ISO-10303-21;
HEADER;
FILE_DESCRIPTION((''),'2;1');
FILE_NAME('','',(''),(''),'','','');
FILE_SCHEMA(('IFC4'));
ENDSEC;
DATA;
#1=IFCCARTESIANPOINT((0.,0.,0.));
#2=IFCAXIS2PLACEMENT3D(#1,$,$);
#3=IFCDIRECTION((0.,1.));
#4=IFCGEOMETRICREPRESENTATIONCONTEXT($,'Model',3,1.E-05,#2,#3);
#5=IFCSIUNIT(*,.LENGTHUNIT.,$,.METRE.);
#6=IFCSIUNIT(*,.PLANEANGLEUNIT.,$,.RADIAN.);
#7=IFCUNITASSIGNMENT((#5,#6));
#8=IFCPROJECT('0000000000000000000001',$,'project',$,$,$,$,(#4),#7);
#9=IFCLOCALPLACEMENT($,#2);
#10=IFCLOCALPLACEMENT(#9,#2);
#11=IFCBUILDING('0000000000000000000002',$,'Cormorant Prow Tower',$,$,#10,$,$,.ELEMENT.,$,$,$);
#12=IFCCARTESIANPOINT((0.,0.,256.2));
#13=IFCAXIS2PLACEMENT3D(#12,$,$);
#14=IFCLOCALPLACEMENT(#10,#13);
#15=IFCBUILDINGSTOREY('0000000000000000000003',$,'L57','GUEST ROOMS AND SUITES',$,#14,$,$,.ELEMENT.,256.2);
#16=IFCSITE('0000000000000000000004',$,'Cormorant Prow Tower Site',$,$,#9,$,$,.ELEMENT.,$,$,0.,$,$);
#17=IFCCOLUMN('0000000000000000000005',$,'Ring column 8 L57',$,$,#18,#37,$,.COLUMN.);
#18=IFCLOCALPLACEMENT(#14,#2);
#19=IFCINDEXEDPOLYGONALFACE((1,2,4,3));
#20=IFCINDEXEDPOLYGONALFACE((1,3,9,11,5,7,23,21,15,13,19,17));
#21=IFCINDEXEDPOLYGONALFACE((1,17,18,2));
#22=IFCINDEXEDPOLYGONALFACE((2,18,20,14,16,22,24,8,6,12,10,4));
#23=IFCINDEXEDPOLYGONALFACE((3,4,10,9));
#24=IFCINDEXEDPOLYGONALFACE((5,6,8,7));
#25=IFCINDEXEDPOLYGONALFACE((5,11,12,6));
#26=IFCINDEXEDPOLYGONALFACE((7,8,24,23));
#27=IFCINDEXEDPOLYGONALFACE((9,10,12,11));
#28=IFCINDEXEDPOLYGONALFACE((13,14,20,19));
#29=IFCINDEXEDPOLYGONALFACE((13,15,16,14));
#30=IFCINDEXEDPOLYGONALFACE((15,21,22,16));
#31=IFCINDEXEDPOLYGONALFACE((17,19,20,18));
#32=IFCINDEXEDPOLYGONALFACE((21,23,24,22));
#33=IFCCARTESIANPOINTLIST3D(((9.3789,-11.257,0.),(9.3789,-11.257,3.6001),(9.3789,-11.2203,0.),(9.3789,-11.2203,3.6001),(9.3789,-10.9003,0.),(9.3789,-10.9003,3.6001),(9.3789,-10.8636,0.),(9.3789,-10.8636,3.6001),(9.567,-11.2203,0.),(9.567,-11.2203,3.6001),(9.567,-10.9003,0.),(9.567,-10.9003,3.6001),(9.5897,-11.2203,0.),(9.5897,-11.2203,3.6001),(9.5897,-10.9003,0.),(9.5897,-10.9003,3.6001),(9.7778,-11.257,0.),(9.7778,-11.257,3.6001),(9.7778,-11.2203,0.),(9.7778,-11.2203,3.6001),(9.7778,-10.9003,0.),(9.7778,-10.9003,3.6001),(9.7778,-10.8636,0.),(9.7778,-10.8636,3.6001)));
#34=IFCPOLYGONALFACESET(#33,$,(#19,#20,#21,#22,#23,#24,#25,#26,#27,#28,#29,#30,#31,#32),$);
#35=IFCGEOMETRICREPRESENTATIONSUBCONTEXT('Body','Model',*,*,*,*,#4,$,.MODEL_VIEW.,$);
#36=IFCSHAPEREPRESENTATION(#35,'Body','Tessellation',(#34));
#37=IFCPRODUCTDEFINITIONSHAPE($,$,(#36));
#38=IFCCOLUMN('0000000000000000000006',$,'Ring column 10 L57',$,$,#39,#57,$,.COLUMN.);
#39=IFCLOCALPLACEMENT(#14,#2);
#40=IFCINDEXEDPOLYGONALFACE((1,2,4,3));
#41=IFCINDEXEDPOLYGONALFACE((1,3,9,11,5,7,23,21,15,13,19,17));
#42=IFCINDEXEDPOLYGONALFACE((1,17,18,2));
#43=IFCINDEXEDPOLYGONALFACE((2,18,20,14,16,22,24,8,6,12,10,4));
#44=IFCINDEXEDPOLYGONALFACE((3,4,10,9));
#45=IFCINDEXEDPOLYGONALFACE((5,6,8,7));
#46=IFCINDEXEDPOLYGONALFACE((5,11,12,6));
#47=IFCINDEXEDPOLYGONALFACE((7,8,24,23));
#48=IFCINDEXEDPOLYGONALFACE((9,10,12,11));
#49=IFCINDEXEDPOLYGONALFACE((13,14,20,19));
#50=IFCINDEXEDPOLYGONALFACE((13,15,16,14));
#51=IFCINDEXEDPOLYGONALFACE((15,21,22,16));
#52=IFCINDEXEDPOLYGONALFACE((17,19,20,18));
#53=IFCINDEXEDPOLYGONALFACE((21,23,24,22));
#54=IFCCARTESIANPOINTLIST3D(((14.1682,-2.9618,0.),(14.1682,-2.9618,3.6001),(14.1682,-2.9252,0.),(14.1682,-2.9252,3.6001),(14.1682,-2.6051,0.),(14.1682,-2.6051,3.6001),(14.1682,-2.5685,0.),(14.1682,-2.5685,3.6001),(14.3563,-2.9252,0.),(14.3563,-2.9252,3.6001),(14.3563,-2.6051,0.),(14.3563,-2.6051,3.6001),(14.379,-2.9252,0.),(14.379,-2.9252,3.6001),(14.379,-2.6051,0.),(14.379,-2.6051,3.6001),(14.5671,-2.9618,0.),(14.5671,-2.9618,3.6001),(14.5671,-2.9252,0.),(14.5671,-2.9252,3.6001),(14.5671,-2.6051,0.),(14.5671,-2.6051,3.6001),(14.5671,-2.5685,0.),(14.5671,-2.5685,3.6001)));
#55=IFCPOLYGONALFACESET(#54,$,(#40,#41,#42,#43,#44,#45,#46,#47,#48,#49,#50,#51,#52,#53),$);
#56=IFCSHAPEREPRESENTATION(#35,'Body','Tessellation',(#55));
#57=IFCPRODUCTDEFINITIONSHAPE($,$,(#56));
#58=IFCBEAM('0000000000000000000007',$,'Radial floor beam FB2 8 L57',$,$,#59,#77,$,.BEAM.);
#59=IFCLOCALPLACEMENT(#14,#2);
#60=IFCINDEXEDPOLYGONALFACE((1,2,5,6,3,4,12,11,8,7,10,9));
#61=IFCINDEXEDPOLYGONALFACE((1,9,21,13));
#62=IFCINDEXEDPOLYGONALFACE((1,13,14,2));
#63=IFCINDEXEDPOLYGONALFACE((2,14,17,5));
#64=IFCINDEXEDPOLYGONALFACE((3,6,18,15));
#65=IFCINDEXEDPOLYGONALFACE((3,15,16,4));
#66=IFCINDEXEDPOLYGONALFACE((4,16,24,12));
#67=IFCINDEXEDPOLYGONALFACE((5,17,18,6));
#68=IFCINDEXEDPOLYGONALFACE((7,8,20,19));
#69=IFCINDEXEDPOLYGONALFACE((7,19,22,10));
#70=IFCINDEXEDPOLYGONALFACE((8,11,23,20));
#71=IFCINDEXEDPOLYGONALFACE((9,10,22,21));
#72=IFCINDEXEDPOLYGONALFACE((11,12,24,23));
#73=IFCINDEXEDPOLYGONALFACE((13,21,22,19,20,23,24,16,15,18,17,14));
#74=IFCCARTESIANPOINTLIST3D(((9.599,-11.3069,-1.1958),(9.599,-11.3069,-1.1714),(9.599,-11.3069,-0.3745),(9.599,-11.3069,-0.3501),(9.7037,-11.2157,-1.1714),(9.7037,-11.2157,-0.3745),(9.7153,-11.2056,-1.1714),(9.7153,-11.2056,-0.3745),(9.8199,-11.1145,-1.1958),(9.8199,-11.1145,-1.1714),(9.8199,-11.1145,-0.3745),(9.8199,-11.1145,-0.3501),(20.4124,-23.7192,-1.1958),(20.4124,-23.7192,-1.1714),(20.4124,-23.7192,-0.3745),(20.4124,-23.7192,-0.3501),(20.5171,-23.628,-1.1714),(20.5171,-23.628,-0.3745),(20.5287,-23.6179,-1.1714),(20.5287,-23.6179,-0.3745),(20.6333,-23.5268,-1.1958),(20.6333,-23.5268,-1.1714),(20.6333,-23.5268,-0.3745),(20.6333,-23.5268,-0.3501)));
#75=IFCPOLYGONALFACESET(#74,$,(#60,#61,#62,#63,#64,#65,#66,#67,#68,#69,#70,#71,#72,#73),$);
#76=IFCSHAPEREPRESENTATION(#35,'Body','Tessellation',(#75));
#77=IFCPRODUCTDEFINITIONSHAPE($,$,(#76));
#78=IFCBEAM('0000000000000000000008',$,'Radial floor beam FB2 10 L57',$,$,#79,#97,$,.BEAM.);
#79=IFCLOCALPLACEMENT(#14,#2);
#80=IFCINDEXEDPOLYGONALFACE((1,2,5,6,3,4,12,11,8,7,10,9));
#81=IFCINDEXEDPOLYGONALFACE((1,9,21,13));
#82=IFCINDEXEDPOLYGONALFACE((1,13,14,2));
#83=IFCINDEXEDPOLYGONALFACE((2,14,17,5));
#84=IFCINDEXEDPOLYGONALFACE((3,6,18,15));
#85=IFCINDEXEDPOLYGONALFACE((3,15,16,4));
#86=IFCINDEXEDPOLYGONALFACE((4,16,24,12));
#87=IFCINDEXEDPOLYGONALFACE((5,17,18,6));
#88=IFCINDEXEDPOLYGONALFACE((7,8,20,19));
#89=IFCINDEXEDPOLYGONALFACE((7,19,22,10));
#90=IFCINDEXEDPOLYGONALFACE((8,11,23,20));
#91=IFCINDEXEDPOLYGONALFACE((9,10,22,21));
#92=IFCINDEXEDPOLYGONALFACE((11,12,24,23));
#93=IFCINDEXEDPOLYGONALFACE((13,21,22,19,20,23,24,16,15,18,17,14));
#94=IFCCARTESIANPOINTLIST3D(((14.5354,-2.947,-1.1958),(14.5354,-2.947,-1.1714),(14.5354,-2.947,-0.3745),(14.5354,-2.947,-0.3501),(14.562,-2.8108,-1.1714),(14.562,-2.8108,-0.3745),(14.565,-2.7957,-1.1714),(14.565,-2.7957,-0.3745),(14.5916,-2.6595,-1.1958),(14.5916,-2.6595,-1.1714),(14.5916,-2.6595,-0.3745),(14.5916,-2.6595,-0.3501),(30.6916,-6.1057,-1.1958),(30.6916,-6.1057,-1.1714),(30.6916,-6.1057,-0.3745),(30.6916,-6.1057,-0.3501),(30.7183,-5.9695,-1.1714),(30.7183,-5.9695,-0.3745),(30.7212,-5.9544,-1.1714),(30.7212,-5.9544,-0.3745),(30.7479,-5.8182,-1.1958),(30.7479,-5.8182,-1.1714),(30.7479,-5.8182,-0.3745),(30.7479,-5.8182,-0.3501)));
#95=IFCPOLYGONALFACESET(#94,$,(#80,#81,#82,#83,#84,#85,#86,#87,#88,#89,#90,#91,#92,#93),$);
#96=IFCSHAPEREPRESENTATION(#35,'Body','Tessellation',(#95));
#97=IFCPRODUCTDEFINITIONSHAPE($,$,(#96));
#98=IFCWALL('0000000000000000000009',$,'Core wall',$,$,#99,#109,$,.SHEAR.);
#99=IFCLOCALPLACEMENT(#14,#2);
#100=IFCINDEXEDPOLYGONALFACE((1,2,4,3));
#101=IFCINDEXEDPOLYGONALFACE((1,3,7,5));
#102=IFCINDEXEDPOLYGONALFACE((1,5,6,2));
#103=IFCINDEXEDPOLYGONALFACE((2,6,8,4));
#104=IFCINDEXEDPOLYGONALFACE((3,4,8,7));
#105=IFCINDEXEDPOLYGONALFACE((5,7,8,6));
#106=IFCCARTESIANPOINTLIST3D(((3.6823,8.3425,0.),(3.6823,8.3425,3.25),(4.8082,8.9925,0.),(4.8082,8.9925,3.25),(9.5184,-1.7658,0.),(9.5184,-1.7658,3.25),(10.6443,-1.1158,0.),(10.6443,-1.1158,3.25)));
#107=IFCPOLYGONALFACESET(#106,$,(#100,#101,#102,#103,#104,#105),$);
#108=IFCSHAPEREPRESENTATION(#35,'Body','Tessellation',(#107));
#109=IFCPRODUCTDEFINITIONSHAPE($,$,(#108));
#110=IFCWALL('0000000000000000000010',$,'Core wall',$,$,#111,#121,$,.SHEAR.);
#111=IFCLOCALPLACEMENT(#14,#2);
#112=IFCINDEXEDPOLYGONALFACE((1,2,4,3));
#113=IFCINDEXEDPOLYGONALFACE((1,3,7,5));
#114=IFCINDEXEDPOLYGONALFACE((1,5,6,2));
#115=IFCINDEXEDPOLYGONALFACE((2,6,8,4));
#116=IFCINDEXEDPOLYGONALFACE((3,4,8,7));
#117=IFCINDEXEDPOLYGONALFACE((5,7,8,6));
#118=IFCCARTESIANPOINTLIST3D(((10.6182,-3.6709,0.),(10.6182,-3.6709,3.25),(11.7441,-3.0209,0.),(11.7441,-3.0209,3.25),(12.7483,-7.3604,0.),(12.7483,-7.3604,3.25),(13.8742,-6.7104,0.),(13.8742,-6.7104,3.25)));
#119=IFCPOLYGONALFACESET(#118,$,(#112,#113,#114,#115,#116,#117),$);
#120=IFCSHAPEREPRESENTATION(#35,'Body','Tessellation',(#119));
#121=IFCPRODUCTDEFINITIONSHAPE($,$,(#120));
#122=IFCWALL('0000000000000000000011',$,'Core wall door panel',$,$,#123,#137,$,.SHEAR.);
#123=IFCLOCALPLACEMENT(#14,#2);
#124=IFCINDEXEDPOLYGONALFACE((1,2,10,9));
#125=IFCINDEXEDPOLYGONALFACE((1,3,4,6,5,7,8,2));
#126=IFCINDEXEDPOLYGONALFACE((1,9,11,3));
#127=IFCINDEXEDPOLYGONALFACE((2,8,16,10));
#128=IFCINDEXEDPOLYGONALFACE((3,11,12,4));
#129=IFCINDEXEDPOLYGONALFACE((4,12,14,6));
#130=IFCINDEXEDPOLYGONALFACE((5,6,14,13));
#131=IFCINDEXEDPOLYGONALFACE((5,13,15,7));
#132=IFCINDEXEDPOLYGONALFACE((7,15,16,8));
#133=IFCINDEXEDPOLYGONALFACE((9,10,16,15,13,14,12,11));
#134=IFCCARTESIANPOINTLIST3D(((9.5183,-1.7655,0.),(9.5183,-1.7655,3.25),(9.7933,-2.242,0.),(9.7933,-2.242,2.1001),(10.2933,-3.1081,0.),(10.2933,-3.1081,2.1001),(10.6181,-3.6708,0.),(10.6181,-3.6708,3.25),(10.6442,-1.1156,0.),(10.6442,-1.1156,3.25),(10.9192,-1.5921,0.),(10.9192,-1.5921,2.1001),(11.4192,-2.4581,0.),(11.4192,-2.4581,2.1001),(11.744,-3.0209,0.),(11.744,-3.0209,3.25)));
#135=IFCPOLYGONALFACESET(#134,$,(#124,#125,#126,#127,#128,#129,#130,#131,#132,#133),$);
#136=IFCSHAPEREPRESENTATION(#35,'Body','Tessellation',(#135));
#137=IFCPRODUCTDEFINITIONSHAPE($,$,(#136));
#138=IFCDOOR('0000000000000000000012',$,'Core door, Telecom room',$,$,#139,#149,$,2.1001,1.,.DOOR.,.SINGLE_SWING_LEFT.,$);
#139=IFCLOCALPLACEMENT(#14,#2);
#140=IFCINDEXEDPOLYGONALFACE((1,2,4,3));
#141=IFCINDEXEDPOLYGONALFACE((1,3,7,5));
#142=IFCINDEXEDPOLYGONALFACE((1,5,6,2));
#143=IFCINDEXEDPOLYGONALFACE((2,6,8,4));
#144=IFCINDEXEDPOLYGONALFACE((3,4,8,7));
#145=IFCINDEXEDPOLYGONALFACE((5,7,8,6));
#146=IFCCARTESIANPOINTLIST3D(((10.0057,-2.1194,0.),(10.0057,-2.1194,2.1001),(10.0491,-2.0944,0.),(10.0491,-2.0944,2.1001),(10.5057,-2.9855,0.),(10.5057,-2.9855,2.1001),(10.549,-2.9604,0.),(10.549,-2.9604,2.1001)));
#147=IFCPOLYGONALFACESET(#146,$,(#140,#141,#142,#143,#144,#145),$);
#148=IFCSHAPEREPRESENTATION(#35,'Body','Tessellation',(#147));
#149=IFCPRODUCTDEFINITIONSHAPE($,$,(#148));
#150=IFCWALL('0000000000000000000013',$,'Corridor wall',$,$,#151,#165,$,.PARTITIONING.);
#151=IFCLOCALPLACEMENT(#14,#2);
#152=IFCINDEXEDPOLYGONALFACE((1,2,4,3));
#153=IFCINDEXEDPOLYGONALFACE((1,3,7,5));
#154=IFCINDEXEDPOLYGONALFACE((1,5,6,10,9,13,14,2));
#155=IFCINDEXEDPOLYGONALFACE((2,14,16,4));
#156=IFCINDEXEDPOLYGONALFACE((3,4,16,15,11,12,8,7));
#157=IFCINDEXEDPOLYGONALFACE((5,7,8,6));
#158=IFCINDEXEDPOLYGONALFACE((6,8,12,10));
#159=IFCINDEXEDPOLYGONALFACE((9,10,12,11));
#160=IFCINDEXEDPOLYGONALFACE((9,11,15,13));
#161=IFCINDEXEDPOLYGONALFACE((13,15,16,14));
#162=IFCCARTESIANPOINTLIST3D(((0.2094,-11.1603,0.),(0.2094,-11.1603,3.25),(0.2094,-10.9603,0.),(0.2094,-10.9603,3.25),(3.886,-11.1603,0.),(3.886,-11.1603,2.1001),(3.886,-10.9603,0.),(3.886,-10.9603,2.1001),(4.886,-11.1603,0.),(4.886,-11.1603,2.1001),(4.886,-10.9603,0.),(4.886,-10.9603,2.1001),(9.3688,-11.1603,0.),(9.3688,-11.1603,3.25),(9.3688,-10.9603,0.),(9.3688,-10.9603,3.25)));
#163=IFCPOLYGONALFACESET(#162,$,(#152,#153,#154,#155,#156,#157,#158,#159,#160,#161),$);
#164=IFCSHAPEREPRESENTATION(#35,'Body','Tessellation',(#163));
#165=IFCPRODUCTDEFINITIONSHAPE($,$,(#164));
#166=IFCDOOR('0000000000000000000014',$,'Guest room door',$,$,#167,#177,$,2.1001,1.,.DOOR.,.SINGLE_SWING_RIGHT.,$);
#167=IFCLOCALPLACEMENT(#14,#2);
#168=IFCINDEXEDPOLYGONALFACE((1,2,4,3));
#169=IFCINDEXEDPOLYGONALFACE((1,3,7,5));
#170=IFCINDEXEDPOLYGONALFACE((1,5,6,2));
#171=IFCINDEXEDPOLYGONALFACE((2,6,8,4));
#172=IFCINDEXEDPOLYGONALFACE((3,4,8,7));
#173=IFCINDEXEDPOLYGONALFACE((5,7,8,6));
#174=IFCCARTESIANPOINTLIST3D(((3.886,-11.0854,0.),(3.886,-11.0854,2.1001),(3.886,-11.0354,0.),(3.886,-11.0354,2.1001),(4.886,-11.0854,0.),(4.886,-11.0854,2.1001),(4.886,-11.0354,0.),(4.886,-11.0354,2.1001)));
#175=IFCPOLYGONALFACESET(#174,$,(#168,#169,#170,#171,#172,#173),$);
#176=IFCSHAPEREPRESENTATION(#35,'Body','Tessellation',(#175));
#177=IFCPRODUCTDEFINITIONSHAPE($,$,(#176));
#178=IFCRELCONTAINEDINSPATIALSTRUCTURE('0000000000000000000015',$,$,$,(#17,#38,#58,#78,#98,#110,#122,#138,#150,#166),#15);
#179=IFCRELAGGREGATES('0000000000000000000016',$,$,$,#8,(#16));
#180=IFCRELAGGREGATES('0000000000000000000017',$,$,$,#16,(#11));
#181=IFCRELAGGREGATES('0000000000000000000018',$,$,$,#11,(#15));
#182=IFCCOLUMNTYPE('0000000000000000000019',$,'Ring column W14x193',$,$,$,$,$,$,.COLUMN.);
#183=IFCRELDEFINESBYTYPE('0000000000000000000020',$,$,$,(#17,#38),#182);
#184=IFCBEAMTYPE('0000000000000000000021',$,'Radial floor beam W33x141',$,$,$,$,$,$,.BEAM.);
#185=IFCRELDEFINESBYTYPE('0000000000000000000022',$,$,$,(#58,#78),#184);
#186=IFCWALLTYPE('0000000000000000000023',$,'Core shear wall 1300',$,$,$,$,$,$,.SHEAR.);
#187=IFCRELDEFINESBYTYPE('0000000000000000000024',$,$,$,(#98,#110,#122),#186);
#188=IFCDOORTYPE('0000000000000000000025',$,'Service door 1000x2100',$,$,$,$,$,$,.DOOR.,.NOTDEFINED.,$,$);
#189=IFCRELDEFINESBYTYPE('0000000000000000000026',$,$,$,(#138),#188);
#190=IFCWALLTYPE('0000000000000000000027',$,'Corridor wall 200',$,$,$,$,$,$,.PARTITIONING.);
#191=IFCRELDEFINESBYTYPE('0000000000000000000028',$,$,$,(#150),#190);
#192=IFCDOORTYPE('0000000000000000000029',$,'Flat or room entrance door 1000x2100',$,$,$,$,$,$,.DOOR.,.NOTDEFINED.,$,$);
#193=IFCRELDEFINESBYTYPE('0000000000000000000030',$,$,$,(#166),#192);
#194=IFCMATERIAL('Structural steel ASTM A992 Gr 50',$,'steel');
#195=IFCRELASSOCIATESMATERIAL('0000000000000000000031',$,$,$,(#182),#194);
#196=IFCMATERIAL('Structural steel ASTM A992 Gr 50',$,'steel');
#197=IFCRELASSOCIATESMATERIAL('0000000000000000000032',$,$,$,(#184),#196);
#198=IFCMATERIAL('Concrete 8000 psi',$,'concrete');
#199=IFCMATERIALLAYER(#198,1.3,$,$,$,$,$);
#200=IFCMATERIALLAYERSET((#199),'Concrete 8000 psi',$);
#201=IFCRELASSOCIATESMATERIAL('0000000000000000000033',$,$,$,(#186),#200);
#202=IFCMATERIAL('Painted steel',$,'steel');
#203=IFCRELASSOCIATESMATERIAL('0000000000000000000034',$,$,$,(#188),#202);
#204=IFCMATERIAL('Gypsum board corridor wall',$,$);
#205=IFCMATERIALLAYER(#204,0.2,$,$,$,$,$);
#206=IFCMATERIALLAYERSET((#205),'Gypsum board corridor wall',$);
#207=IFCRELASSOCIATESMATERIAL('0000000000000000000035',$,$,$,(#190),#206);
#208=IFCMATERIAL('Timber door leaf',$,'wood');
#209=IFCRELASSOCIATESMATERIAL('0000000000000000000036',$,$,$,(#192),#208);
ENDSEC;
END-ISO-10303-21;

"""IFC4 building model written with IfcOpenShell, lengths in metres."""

from ifc_helpers import new_model, si_unit, direction, frame, frame_2d, origin, origin_2d, place, context, subcontext, project, spatial, rectangle, i_section, extrude, material, layer, layer_set, material_profile, profile_set, type_object, element, fill, save


model = new_model("IFC4")

# Units and contexts
model_context = context("Model", 3, precision=1e-05, world=origin(), true_north=direction((0.0, 1.0)))
body_context = subcontext(model_context, "Body", "Model", "MODEL_VIEW")
ifc_project = project(units=[si_unit("LENGTHUNIT", "METRE"), si_unit("PLANEANGLEUNIT", "RADIAN")], contexts=[model_context])

# Site, building, storey
site_placement = place(None, origin())
site = spatial("IfcSite", under=ifc_project, at=site_placement, Name="Cormorant Prow Tower Site", CompositionType="ELEMENT", RefElevation=0.0)
building_placement = place(site_placement, origin())
building = spatial("IfcBuilding", under=site, at=building_placement, Name="Cormorant Prow Tower", CompositionType="ELEMENT")
storey_placement = place(building_placement, frame((0.0, 0.0, 256.2)))
storey = spatial("IfcBuildingStorey", under=building, at=storey_placement, Name="L57", Description="GUEST ROOMS AND SUITES", CompositionType="ELEMENT", Elevation=256.2)

# Columns
ifc_material_1 = material(Name="Structural steel ASTM A992 Gr 50", Category="steel")
ifc_material_profile_1 = material_profile(ifc_material_1, i_section(OverallWidth=0.3989, OverallDepth=0.3933, WebThickness=0.0227, FlangeThickness=0.0366, at=origin_2d()), Name="W14x193")
ifc_profile_set_1 = profile_set([ifc_material_profile_1], Name="Structural steel ASTM A992 Gr 50")
column_type = type_object("IfcColumnType", Name="Ring column W14x193", PredefinedType="COLUMN", material=ifc_profile_set_1)
for number, where, z_axis, x_axis, name in (
    (1, (9.5784, -11.0603, 0.0), (0.0, 0.0, 1.0), (1.0, 0.0, 0.0), "Ring column 8 L57"),
    (2, (14.3677, -2.7651, 0.0), (0.0, 0.0, 1.0), (1.0, 0.0, 0.0), "Ring column 10 L57"),
):
    element("IfcColumn", number, at=place(storey_placement, frame(where, z_axis=z_axis, x_axis=x_axis)), inside=storey, type_object=column_type, Name=name, PredefinedType="COLUMN", context=body_context, shape_type="SweptSolid", body=[
        extrude(i_section(OverallWidth=0.3989, OverallDepth=0.3933, WebThickness=0.0227, FlangeThickness=0.0366, at=origin_2d()), origin(), (0.0, 0.0, 1.0), 3.6001),
    ])

# Beams
ifc_material_2 = material(Name="Structural steel ASTM A992 Gr 50", Category="steel")
ifc_material_profile_2 = material_profile(ifc_material_2, i_section(OverallWidth=0.293, OverallDepth=0.8457, WebThickness=0.0154, FlangeThickness=0.0244, at=origin_2d()), Name="W33x141")
ifc_profile_set_2 = profile_set([ifc_material_profile_2], Name="Structural steel ASTM A992 Gr 50")
beam_type = type_object("IfcBeamType", Name="Radial floor beam W33x141", PredefinedType="BEAM", material=ifc_profile_set_2)
beam_1_placement = place(storey_placement, frame((9.7095, -11.2107, -0.7729), z_axis=(0.656875, -0.754, 0.0), x_axis=(0.754, 0.656875, 0.0)))
element("IfcBeam", 3, at=beam_1_placement, inside=storey, type_object=beam_type, Name="Radial floor beam FB2 8 L57", PredefinedType="BEAM", context=body_context, shape_type="SweptSolid", body=[
    extrude(i_section(OverallWidth=0.293, OverallDepth=0.8457, WebThickness=0.0154, FlangeThickness=0.0244, at=origin_2d()), origin(), (0.0, 0.0, 1.0), 16.4619),
])
beam_2_placement = place(storey_placement, frame((14.5635, -2.8032, -0.7729), z_axis=(0.981419, -0.191876, 0.0), x_axis=(0.191876, 0.981419, 0.0)))
element("IfcBeam", 4, at=beam_2_placement, inside=storey, type_object=beam_type, Name="Radial floor beam FB2 10 L57", PredefinedType="BEAM", context=body_context, shape_type="SweptSolid", body=[
    extrude(i_section(OverallWidth=0.293, OverallDepth=0.8457, WebThickness=0.0154, FlangeThickness=0.0244, at=origin_2d()), origin(), (0.0, 0.0, 1.0), 16.4622),
])

# Walls
ifc_material_3 = material(Name="Concrete 8000 psi", Category="concrete")
ifc_layer_1 = layer(ifc_material_3, 1.3)
ifc_layer_set_1 = layer_set([ifc_layer_1], Name="Concrete 8000 psi")
wall_type_1 = type_object("IfcWallType", Name="Core shear wall 1300", PredefinedType="SHEAR", material=ifc_layer_set_1)
wall_1_placement = place(storey_placement, frame((10.0813, -1.4407, 0.0), z_axis=(0.0, 0.0, 1.0), x_axis=(-0.500006, 0.866022, 0.0)))
element("IfcWall", 5, at=wall_1_placement, inside=storey, type_object=wall_type_1, Name="Core wall", PredefinedType="SHEAR", context=body_context, shape_type="SweptSolid", body=[
    extrude(rectangle(XDim=11.6721, YDim=1.3, at=frame_2d((5.8359, 0.0))), origin(), (0.0, 0.0, 1.0), 3.25),
])
wall_2_placement = place(storey_placement, frame((13.3113, -7.0354, 0.0), z_axis=(0.0, 0.0, 1.0), x_axis=(-0.500004, 0.866023, 0.0)))
element("IfcWall", 6, at=wall_2_placement, inside=storey, type_object=wall_type_1, Name="Core wall", PredefinedType="SHEAR", context=body_context, shape_type="SweptSolid", body=[
    extrude(rectangle(XDim=4.2603, YDim=1.3, at=frame_2d((2.1301, 0.0))), origin(), (0.0, 0.0, 1.0), 3.25),
])

# Walls, openings, doors
wall_3_placement = place(storey_placement, frame((11.1812, -3.3459, 0.0), z_axis=(0.0, 0.0, 1.0), x_axis=(-0.499947, 0.866056, 0.0)))
wall_3 = element("IfcWall", 7, at=wall_3_placement, inside=storey, type_object=wall_type_1, Name="Core wall door panel", PredefinedType="SHEAR", context=body_context, shape_type="SweptSolid", body=[
    extrude(rectangle(XDim=2.2, YDim=1.3, at=frame_2d((1.1001, 0.0))), origin(), (0.0, 0.0, 1.0), 3.25),
])
opening_1_placement = place(wall_3_placement, frame((0.6499, 0.0, 0.0)))
opening_1 = element("IfcOpeningElement", 8, at=opening_1_placement, cuts=wall_3, PredefinedType="OPENING", context=body_context, shape_type="SweptSolid", body=[
    extrude(rectangle(XDim=1.0, YDim=2.1001, at=frame_2d((0.5, 1.05))), frame((0.0, 0.6599, 0.0), z_axis=(0.0, -1.0, 0.0), x_axis=(1.0, 0.0, 0.0)), (0.0, 0.0, 1.0), 1.3201),
])
ifc_material_4 = material(Name="Painted steel", Category="steel")
door_type_1 = type_object("IfcDoorType", Name="Service door 1000x2100", OperationType="NOTDEFINED", PredefinedType="DOOR", material=ifc_material_4)
door_1_placement = place(opening_1_placement, origin())
door_1 = element("IfcDoor", 9, at=door_1_placement, inside=storey, type_object=door_type_1, Name="Core door, Telecom room", OperationType="SINGLE_SWING_LEFT", OverallHeight=2.1001, OverallWidth=1.0, PredefinedType="DOOR", context=body_context, shape_type="SweptSolid", body=[
    extrude(rectangle(XDim=1.0, YDim=2.1001, at=frame_2d((0.5, 1.05))), frame((0.0, 0.4048, 0.0), z_axis=(0.0, -1.0, 0.0), x_axis=(1.0, 0.0, 0.0)), (0.0, 0.0, 1.0), 0.05),
])
fill(opening_1, door_1)
ifc_material_5 = material(Name="Gypsum board corridor wall")
ifc_layer_2 = layer(ifc_material_5, 0.2)
ifc_layer_set_2 = layer_set([ifc_layer_2], Name="Gypsum board corridor wall")
wall_type_2 = type_object("IfcWallType", Name="Corridor wall 200", PredefinedType="PARTITIONING", material=ifc_layer_set_2)
wall_4_placement = place(storey_placement, frame((0.2095, -11.0603, 0.0), z_axis=(0.0, 0.0, 1.0), x_axis=(1.0, 0.0, 0.0)))
wall_4 = element("IfcWall", 10, at=wall_4_placement, inside=storey, type_object=wall_type_2, Name="Corridor wall", PredefinedType="PARTITIONING", context=body_context, shape_type="SweptSolid", body=[
    extrude(rectangle(XDim=9.1594, YDim=0.2, at=frame_2d((4.5796, 0.0))), origin(), (0.0, 0.0, 1.0), 3.25),
])
opening_2_placement = place(wall_4_placement, frame((3.6765, 0.0, 0.0)))
opening_2 = element("IfcOpeningElement", 11, at=opening_2_placement, cuts=wall_4, PredefinedType="OPENING", context=body_context, shape_type="SweptSolid", body=[
    extrude(rectangle(XDim=1.0, YDim=2.1001, at=frame_2d((0.5, 1.05))), frame((0.0, 0.1099, 0.0), z_axis=(0.0, -1.0, 0.0), x_axis=(1.0, 0.0, 0.0)), (0.0, 0.0, 1.0), 0.22),
])
ifc_material_6 = material(Name="Timber door leaf", Category="wood")
door_type_2 = type_object("IfcDoorType", Name="Flat or room entrance door 1000x2100", OperationType="NOTDEFINED", PredefinedType="DOOR", material=ifc_material_6)
door_2_placement = place(opening_2_placement, origin())
door_2 = element("IfcDoor", 12, at=door_2_placement, inside=storey, type_object=door_type_2, Name="Guest room door", OperationType="SINGLE_SWING_RIGHT", OverallHeight=2.1001, OverallWidth=1.0, PredefinedType="DOOR", context=body_context, shape_type="SweptSolid", body=[
    extrude(rectangle(XDim=1.0, YDim=2.1001, at=frame_2d((0.5, 1.05))), frame((0.0, 0.0249, 0.0), z_axis=(0.0, -1.0, 0.0), x_axis=(1.0, 0.0, 0.0)), (0.0, 0.0, 1.0), 0.05),
])
fill(opening_2, door_2)

save(model, "model.ifc")
